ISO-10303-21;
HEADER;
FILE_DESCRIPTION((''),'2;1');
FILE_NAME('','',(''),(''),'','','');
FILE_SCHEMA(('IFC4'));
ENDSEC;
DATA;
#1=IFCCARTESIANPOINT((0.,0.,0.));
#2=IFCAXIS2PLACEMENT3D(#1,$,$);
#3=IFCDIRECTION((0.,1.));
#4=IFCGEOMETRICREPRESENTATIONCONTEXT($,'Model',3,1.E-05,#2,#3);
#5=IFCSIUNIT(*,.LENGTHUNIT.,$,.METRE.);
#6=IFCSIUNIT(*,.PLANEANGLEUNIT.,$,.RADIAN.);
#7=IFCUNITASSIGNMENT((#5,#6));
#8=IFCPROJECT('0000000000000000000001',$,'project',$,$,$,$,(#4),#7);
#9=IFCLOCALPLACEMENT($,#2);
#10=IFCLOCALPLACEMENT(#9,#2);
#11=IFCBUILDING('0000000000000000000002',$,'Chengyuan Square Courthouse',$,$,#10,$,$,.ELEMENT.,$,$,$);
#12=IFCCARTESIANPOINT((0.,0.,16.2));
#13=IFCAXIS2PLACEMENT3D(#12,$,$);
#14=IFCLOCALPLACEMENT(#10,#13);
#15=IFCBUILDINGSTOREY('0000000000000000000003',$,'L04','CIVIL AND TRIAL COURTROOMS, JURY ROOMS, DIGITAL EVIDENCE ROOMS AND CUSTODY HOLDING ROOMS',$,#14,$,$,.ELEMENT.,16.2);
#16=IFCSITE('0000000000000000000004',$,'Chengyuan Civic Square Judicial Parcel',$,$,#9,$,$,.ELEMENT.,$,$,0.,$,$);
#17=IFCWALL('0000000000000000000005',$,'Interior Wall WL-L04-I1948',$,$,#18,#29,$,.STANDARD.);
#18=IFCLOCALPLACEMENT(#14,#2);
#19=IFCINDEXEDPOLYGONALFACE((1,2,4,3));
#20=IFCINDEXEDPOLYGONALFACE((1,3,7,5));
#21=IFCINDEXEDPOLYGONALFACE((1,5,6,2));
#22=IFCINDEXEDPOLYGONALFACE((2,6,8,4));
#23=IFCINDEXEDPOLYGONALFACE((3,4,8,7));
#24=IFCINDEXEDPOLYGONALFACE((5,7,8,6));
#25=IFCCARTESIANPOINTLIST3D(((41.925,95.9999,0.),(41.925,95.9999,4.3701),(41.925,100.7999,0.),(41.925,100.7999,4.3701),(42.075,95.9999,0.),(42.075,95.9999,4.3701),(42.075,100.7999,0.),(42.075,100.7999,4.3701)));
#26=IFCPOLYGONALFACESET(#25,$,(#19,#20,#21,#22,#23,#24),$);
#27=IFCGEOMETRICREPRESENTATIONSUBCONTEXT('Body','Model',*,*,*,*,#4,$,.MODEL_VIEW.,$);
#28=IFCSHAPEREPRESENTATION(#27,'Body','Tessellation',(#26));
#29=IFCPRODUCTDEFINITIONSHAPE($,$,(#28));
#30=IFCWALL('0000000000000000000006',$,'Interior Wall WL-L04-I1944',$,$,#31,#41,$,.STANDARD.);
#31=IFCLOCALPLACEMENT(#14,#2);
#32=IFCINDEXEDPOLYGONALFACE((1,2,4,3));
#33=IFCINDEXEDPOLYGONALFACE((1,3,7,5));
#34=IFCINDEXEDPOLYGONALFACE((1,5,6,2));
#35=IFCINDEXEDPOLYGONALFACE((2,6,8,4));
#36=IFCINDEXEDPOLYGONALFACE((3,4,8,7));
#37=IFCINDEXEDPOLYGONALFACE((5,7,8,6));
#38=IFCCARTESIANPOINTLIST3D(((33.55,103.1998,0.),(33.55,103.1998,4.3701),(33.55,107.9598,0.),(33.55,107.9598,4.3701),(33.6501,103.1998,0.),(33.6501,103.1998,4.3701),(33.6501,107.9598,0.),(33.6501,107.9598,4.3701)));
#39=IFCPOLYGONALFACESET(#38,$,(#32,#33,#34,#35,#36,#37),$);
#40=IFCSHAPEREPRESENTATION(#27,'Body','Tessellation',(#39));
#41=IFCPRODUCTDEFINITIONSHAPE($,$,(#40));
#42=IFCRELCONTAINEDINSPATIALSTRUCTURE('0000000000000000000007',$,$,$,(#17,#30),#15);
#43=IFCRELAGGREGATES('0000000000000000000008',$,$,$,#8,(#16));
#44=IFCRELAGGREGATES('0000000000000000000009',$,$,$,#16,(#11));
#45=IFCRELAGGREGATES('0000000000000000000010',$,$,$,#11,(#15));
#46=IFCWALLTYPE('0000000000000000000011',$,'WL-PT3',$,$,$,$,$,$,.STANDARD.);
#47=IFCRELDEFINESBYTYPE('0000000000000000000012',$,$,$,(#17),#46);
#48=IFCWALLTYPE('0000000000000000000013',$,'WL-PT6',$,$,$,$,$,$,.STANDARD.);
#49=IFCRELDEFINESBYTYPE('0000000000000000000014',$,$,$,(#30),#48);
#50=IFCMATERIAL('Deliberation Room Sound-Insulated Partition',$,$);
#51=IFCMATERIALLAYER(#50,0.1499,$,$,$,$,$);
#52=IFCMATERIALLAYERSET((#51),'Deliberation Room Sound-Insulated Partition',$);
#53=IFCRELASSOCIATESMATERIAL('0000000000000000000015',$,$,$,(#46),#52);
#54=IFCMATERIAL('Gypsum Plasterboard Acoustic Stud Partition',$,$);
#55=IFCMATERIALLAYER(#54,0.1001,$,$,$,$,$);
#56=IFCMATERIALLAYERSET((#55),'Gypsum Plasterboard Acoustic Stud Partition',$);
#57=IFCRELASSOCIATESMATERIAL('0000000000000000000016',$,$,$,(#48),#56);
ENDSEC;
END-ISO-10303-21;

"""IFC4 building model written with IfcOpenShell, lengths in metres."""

from ifc_helpers import new_model, si_unit, direction, frame, frame_2d, origin, place, context, subcontext, project, spatial, rectangle, extrude, material, layer, layer_set, type_object, element, save


model = new_model("IFC4")

# Units and contexts
model_context = context("Model", 3, precision=1e-05, world=origin(), true_north=direction((0.0, 1.0)))
body_context = subcontext(model_context, "Body", "Model", "MODEL_VIEW")
ifc_project = project(units=[si_unit("LENGTHUNIT", "METRE"), si_unit("PLANEANGLEUNIT", "RADIAN")], contexts=[model_context])

# Site, building, storey
site_placement = place(None, origin())
site = spatial("IfcSite", under=ifc_project, at=site_placement, Name="Chengyuan Civic Square Judicial Parcel", CompositionType="ELEMENT", RefElevation=0.0)
building_placement = place(site_placement, origin())
building = spatial("IfcBuilding", under=site, at=building_placement, Name="Chengyuan Square Courthouse", CompositionType="ELEMENT")
storey_placement = place(building_placement, frame((0.0, 0.0, 16.2)))
storey = spatial("IfcBuildingStorey", under=building, at=storey_placement, Name="L04", Description="CIVIL AND TRIAL COURTROOMS, JURY ROOMS, DIGITAL EVIDENCE ROOMS AND CUSTODY HOLDING ROOMS", CompositionType="ELEMENT", Elevation=16.2)

# Walls
ifc_material_1 = material(Name="Deliberation Room Sound-Insulated Partition")
ifc_layer_1 = layer(ifc_material_1, 0.1499)
ifc_layer_set_1 = layer_set([ifc_layer_1], Name="Deliberation Room Sound-Insulated Partition")
wall_type_1 = type_object("IfcWallType", Name="WL-PT3", PredefinedType="STANDARD", material=ifc_layer_set_1)
for number, where, z_axis, x_axis, name in (
    (1, (42.0, 96.0, 0.0), (0.0, 0.0, 1.0), (0.0, 1.0, 0.0), "Interior Wall WL-L04-I1948"),
):
    element("IfcWall", number, at=place(storey_placement, frame(where, z_axis=z_axis, x_axis=x_axis)), inside=storey, type_object=wall_type_1, Name=name, PredefinedType="STANDARD", context=body_context, shape_type="SweptSolid", body=[
        extrude(rectangle(XDim=4.8, YDim=0.1499, at=frame_2d((2.3999, 0.0))), origin(), (0.0, 0.0, 1.0), 4.3701),
    ])
ifc_material_2 = material(Name="Gypsum Plasterboard Acoustic Stud Partition")
ifc_layer_2 = layer(ifc_material_2, 0.1001)
ifc_layer_set_2 = layer_set([ifc_layer_2], Name="Gypsum Plasterboard Acoustic Stud Partition")
wall_type_2 = type_object("IfcWallType", Name="WL-PT6", PredefinedType="STANDARD", material=ifc_layer_set_2)
wall_1_placement = place(storey_placement, frame((33.6001, 103.2, 0.0), z_axis=(0.0, 0.0, 1.0), x_axis=(0.0, 1.0, 0.0)))
element("IfcWall", 2, at=wall_1_placement, inside=storey, type_object=wall_type_2, Name="Interior Wall WL-L04-I1944", PredefinedType="STANDARD", context=body_context, shape_type="SweptSolid", body=[
    extrude(rectangle(XDim=4.76, YDim=0.1001, at=frame_2d((2.3799, 0.0))), origin(), (0.0, 0.0, 1.0), 4.3701),
])

save(model, "model.ifc")
